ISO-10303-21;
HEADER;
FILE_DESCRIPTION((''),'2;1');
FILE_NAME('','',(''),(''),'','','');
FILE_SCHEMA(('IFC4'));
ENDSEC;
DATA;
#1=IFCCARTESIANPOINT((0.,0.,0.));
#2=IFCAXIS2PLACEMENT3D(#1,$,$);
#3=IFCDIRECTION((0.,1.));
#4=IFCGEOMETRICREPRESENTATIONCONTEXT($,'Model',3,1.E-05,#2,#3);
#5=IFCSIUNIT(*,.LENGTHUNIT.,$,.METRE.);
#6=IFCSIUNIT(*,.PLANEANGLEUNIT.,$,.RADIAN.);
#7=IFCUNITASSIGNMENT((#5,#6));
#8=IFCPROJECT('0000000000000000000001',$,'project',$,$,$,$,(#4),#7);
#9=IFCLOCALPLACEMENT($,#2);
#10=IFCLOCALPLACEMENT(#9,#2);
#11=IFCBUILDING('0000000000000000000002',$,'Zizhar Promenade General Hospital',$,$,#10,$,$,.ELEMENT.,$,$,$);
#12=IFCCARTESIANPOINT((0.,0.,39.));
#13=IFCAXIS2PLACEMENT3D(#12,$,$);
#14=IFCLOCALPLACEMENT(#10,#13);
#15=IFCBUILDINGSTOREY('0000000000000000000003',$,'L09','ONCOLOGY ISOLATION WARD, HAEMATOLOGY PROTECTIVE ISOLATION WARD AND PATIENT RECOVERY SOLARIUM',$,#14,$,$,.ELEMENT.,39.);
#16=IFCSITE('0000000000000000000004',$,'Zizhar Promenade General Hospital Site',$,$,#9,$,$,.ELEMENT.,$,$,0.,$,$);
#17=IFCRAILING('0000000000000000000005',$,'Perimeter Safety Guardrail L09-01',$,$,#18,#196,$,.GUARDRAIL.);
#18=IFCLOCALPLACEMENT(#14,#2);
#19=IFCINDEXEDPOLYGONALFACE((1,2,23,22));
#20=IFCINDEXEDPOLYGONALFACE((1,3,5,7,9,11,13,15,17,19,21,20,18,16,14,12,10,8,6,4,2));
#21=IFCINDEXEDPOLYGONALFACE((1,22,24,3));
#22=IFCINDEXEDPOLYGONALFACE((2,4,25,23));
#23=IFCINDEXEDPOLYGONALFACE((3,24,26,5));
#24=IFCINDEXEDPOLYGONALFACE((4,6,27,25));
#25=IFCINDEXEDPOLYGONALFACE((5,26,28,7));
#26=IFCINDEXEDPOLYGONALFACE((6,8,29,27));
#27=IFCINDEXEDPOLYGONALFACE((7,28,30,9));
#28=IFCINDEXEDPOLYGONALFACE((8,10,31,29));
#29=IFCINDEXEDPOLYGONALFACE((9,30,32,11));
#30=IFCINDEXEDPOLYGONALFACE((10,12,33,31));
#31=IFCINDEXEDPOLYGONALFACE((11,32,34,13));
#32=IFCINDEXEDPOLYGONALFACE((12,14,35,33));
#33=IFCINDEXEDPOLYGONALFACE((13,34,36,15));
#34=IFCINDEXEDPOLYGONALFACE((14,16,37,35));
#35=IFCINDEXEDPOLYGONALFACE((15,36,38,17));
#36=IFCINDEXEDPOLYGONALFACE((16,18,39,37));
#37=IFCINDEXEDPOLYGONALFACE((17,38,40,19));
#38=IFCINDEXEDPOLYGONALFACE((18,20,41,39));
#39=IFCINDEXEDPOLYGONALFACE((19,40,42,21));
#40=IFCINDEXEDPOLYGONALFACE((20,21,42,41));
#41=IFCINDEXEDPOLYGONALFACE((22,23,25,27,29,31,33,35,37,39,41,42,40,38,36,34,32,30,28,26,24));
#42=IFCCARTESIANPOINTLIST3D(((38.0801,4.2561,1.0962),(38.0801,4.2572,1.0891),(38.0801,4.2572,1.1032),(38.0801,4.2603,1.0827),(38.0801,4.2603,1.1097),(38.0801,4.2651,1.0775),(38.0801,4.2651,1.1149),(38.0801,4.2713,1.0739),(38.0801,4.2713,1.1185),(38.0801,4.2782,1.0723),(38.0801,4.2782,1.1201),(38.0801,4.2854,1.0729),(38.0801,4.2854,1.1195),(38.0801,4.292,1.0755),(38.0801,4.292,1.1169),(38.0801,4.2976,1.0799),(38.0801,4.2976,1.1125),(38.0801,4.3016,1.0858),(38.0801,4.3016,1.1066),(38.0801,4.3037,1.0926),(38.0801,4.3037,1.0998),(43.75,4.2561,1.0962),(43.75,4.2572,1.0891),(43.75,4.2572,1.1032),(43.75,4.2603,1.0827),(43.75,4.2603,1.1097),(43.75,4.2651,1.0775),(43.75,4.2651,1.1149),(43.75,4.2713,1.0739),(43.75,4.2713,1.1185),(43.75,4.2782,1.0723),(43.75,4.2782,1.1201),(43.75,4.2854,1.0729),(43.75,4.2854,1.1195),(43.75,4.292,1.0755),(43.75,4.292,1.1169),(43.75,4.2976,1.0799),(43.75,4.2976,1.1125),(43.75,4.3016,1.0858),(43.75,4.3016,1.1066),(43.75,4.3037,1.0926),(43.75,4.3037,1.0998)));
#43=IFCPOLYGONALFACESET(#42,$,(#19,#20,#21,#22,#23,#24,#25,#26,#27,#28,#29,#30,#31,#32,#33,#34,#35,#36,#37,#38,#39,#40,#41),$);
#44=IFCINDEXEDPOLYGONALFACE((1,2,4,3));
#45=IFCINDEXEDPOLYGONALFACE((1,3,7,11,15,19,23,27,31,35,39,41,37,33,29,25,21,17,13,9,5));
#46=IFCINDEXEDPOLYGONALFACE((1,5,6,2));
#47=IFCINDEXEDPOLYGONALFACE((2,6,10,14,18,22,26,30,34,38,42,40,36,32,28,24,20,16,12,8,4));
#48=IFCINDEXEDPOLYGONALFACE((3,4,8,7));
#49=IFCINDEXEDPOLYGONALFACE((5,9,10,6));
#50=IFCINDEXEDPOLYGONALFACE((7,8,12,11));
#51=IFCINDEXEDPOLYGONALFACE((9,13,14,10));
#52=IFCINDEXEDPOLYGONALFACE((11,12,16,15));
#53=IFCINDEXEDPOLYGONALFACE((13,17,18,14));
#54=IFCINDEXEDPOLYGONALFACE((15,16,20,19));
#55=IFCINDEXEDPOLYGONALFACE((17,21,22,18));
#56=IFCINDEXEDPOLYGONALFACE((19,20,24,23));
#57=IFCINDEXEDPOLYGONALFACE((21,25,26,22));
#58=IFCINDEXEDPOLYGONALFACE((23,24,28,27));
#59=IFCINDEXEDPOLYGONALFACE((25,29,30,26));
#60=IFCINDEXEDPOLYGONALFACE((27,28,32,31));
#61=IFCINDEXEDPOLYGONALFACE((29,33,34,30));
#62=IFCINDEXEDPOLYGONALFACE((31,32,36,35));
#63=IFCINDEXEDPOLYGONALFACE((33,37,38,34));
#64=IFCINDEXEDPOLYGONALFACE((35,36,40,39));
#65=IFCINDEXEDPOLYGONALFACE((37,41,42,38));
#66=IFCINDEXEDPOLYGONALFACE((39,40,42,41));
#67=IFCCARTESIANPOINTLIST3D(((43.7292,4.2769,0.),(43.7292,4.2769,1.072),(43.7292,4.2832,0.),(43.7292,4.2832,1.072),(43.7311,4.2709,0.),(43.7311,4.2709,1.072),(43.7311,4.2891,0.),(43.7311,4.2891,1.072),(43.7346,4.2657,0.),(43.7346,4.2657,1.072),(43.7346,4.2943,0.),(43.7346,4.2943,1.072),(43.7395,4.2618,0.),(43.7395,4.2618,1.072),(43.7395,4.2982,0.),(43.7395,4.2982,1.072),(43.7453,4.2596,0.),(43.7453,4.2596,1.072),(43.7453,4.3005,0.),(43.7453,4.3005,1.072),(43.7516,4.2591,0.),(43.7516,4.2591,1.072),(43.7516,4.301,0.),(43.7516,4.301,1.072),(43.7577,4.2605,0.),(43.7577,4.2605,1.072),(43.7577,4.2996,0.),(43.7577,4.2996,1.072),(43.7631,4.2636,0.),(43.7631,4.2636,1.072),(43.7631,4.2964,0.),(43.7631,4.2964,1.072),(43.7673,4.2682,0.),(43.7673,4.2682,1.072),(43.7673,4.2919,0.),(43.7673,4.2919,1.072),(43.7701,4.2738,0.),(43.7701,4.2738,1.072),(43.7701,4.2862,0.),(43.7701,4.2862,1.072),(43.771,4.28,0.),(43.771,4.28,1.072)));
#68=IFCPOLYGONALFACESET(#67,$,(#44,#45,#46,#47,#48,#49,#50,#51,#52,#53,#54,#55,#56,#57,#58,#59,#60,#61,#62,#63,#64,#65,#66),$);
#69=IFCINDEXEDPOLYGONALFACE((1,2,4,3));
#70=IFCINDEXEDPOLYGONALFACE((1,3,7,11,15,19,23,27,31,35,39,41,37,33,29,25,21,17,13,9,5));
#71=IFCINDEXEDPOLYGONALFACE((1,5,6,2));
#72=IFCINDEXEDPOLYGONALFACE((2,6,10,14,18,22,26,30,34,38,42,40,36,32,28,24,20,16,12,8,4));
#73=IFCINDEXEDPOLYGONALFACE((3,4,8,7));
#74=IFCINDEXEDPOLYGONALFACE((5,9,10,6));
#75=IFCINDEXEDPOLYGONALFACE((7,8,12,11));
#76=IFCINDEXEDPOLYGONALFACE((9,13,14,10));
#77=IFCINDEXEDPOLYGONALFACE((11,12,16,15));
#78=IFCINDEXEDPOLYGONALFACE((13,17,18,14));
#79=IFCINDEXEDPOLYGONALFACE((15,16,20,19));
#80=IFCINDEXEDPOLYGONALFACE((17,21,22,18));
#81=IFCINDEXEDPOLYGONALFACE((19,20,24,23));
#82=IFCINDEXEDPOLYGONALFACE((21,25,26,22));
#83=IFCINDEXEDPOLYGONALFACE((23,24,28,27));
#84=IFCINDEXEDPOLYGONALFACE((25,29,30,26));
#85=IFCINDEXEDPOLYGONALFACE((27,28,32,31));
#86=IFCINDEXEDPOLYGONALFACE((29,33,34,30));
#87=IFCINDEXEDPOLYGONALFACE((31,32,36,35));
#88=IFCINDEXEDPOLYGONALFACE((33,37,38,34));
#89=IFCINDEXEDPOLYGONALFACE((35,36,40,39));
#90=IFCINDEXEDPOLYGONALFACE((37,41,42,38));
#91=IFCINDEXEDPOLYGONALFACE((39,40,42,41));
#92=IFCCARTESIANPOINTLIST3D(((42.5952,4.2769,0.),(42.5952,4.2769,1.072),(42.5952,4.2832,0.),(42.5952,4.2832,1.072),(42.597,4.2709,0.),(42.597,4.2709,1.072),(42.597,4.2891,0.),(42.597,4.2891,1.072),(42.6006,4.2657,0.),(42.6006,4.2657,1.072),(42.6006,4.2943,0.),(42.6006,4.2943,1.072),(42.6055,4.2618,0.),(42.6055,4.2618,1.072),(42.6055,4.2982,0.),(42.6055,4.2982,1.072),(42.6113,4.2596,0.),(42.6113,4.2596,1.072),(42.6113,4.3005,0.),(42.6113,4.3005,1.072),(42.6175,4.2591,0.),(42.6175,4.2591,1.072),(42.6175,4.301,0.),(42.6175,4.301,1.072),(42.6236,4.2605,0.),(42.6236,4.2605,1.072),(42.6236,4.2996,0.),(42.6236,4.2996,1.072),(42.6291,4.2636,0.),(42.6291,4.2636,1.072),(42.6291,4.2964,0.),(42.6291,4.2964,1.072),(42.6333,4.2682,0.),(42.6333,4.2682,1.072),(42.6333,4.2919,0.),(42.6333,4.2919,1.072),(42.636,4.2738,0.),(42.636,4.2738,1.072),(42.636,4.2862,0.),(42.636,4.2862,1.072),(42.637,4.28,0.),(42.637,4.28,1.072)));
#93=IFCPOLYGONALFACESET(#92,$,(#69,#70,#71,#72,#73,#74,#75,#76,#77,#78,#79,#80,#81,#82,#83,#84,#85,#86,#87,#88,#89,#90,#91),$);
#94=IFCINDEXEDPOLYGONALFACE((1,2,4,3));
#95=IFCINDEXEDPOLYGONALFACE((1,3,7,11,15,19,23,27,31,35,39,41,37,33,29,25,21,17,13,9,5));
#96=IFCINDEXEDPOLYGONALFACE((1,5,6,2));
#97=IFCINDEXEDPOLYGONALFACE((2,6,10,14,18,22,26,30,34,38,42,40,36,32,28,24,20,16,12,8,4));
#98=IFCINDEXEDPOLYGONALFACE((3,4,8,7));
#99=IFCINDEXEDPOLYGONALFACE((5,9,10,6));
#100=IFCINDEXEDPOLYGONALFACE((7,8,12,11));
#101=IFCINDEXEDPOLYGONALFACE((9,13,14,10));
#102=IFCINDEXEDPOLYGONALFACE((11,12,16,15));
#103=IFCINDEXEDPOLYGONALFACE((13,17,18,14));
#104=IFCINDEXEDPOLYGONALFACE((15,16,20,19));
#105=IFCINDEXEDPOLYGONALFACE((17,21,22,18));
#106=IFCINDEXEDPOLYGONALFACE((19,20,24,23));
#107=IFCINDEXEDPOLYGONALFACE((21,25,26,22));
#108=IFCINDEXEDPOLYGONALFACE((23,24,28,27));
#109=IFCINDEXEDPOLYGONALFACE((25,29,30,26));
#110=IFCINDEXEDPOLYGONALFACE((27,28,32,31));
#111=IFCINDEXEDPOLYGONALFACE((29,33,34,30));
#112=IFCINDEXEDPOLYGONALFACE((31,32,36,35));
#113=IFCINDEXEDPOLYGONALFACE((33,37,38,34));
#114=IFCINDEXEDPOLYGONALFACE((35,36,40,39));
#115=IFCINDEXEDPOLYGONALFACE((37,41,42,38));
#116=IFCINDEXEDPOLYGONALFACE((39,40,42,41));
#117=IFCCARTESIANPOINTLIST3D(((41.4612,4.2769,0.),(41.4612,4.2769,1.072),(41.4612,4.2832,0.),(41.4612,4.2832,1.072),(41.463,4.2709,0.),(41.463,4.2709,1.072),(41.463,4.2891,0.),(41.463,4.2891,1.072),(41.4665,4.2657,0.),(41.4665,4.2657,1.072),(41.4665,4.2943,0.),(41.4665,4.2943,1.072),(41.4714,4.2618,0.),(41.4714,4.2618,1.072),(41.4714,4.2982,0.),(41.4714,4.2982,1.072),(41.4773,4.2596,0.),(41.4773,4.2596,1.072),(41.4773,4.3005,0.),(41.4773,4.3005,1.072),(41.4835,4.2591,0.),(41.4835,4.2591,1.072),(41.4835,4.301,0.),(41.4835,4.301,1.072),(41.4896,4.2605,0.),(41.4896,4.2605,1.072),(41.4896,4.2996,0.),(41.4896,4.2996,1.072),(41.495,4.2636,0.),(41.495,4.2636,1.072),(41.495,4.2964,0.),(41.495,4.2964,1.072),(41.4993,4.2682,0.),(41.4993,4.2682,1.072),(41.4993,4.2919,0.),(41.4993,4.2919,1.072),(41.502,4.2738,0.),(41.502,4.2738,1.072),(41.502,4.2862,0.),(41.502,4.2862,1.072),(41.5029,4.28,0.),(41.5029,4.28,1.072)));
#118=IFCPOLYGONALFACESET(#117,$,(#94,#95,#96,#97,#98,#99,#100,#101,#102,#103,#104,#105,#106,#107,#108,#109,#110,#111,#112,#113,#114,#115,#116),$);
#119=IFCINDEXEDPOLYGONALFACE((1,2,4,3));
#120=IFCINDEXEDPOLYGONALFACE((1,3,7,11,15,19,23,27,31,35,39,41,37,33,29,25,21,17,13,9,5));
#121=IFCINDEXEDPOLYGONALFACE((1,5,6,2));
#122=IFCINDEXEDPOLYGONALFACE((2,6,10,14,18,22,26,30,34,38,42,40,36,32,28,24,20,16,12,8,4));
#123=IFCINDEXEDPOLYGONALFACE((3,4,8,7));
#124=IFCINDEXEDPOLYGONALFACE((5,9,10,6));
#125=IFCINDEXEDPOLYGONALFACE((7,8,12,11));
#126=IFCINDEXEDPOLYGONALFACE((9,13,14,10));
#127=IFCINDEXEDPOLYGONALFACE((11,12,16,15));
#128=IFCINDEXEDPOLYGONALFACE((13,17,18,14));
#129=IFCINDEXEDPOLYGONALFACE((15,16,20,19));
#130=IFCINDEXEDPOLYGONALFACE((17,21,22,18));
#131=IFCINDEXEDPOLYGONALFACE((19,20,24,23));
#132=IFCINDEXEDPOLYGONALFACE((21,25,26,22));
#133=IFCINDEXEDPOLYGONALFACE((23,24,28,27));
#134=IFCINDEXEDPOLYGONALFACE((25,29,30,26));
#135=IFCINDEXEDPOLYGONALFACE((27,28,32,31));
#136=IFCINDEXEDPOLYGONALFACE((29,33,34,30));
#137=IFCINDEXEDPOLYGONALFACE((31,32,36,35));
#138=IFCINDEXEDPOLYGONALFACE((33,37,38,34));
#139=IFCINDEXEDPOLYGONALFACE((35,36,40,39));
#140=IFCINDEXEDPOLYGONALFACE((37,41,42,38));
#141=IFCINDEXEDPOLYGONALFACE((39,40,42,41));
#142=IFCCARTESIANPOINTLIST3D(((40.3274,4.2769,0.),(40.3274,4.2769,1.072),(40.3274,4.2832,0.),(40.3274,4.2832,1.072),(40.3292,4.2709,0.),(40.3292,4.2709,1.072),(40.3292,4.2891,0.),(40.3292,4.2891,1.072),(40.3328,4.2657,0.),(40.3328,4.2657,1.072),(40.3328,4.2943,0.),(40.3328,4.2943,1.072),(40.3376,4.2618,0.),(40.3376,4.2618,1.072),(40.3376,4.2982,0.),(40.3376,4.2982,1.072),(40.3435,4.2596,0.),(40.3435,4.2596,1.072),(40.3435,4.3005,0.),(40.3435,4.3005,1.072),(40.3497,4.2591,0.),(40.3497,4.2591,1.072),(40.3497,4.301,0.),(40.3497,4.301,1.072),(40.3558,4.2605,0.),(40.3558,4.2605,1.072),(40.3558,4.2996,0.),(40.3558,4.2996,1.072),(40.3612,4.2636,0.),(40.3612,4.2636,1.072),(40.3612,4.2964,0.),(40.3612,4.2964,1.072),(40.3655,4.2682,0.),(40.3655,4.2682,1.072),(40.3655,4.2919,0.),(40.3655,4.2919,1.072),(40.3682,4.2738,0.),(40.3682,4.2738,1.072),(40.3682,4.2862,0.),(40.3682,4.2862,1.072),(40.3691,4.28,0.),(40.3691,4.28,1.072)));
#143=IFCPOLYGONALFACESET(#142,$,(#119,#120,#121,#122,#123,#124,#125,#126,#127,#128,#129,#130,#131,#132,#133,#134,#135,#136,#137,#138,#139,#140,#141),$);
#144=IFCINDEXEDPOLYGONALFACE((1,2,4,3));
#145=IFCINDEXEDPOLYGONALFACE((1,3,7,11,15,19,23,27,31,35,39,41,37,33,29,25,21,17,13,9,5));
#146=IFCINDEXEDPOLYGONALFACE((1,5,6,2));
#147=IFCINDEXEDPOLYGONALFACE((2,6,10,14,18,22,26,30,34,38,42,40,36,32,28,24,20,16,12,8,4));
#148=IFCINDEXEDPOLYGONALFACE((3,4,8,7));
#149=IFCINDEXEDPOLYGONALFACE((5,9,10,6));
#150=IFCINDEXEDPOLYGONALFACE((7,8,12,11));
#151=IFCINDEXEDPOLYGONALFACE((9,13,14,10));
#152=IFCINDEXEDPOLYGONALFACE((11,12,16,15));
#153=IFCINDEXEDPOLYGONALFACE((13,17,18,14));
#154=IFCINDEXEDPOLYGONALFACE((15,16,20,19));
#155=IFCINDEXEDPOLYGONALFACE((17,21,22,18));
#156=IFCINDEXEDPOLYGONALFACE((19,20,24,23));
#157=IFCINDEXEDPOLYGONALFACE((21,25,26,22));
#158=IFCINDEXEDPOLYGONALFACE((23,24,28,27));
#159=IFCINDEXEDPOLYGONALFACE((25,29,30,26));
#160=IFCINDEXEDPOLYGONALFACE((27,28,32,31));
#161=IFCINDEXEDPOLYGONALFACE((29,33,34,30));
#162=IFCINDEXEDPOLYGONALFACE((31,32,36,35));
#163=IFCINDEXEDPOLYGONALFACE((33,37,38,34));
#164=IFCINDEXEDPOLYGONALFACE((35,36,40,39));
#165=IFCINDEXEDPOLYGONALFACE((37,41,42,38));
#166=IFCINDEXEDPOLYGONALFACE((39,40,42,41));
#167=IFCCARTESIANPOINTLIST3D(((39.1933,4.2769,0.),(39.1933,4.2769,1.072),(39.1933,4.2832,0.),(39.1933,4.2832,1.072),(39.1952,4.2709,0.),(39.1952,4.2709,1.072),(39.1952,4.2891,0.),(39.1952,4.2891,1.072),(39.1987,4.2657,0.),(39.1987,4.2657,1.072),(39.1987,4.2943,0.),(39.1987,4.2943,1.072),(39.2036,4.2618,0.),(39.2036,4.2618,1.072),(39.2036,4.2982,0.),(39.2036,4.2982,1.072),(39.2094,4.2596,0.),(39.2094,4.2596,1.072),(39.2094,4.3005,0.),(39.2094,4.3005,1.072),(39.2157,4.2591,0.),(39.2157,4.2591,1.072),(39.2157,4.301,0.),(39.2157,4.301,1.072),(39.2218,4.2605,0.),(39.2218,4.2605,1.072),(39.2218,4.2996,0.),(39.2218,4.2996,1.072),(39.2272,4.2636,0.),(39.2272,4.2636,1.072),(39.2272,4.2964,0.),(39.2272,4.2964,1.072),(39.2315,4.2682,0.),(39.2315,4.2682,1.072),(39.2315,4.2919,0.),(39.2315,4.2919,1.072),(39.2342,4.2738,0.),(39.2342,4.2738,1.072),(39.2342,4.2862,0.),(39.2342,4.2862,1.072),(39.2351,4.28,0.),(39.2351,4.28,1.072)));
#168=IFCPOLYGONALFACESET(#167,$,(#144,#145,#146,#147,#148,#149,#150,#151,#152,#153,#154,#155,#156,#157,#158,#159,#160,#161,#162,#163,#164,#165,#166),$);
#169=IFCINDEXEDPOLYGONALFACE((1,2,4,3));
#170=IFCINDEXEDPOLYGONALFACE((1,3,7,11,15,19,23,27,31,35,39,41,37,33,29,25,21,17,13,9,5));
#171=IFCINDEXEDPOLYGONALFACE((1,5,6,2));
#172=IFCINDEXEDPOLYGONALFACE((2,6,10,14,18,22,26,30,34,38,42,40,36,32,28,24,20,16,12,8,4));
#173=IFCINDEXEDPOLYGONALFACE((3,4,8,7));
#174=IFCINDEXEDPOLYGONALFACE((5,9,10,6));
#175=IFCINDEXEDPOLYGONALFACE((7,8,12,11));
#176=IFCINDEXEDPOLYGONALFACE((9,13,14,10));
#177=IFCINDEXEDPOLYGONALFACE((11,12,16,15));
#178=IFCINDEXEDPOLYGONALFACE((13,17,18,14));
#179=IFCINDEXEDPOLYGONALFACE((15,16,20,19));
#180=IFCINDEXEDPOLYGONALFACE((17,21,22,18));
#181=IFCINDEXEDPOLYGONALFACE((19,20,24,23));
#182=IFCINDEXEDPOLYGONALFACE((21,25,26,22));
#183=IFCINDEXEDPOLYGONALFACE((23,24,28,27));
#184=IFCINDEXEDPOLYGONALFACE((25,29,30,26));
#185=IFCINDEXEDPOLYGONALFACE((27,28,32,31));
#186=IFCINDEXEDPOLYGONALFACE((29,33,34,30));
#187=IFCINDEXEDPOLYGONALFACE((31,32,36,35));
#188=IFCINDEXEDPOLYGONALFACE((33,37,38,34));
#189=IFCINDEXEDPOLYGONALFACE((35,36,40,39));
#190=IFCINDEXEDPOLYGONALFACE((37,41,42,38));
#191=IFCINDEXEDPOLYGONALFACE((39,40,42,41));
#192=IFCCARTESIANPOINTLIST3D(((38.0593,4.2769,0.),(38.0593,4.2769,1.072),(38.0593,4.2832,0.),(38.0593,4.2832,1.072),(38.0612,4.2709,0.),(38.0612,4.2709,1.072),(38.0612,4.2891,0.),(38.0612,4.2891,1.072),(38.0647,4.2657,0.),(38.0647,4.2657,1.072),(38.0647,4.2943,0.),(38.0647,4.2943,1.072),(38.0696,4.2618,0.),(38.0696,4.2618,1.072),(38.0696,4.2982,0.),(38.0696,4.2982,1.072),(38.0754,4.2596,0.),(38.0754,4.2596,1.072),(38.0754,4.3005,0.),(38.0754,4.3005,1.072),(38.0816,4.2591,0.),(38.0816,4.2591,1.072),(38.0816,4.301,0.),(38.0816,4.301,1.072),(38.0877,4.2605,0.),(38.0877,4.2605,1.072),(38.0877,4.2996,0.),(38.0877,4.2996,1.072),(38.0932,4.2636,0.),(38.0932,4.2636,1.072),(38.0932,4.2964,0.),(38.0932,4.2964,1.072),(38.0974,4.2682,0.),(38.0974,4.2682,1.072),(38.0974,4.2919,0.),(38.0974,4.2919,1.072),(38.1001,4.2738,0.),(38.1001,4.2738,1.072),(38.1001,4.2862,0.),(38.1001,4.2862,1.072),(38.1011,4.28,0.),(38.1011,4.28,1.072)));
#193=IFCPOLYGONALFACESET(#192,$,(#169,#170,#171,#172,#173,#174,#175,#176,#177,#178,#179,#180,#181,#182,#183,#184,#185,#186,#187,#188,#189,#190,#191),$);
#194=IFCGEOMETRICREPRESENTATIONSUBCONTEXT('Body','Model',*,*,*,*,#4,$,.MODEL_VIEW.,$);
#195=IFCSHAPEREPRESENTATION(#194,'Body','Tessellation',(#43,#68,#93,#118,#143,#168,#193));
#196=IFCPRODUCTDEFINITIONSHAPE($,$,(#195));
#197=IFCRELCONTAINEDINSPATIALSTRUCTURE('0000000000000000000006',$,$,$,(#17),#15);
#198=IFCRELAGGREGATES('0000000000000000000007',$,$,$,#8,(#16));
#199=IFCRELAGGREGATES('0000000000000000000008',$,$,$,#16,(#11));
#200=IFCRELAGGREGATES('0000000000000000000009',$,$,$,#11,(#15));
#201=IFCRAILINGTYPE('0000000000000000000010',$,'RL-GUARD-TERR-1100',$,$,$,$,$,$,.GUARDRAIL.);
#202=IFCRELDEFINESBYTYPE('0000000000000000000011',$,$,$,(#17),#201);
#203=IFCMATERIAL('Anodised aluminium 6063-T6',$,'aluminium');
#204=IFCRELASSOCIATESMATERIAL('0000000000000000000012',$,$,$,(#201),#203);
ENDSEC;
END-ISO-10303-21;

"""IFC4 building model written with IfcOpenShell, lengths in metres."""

from ifc_helpers import new_model, si_unit, direction, frame, origin, origin_2d, place, context, subcontext, project, spatial, circle, hollow_circle, extrude, material, material_profile, profile_set, type_object, element, save


model = new_model("IFC4")

# Units and contexts
model_context = context("Model", 3, precision=1e-05, world=origin(), true_north=direction((0.0, 1.0)))
body_context = subcontext(model_context, "Body", "Model", "MODEL_VIEW")
ifc_project = project(units=[si_unit("LENGTHUNIT", "METRE"), si_unit("PLANEANGLEUNIT", "RADIAN")], contexts=[model_context])

# Site, building, storey
site_placement = place(None, origin())
site = spatial("IfcSite", under=ifc_project, at=site_placement, Name="Zizhar Promenade General Hospital Site", CompositionType="ELEMENT", RefElevation=0.0)
building_placement = place(site_placement, origin())
building = spatial("IfcBuilding", under=site, at=building_placement, Name="Zizhar Promenade General Hospital", CompositionType="ELEMENT")
storey_placement = place(building_placement, frame((0.0, 0.0, 39.0)))
storey = spatial("IfcBuildingStorey", under=building, at=storey_placement, Name="L09", Description="ONCOLOGY ISOLATION WARD, HAEMATOLOGY PROTECTIVE ISOLATION WARD AND PATIENT RECOVERY SOLARIUM", CompositionType="ELEMENT", Elevation=39.0)

# Railing
ifc_material_1 = material(Name="Anodised aluminium 6063-T6", Category="aluminium")
ifc_material_profile_1 = material_profile(ifc_material_1, hollow_circle(Radius=0.0698, WallThickness=0.0063, at=origin_2d()))
ifc_profile_set_1 = profile_set([ifc_material_profile_1], Name="Anodised aluminium 6063-T6")
railing_type = type_object("IfcRailingType", Name="RL-GUARD-TERR-1100", PredefinedType="GUARDRAIL", material=ifc_profile_set_1)
railing_placement = place(storey_placement, frame((43.75, 4.28, 0.0)))
element("IfcRailing", 1, at=railing_placement, inside=storey, type_object=railing_type, Name="Perimeter Safety Guardrail L09-01", PredefinedType="GUARDRAIL", context=body_context, shape_type="SweptSolid", body=[
    extrude(circle(Radius=0.0239, at=origin_2d()), frame((0.0, 0.0, 1.0962), z_axis=(-1.0, 0.0, 0.0), x_axis=(0.0, -1.0, 0.0)), (0.0, 0.0, 1.0), 5.6699),
    extrude(circle(Radius=0.021, at=origin_2d()), origin(), (0.0, 0.0, 1.0), 1.072),
    extrude(circle(Radius=0.021, at=origin_2d()), frame((-1.134, 0.0, 0.0)), (0.0, 0.0, 1.0), 1.072),
    extrude(circle(Radius=0.021, at=origin_2d()), frame((-2.2681, 0.0, 0.0)), (0.0, 0.0, 1.0), 1.072),
    extrude(circle(Radius=0.021, at=origin_2d()), frame((-3.4019, 0.0, 0.0)), (0.0, 0.0, 1.0), 1.072),
    extrude(circle(Radius=0.021, at=origin_2d()), frame((-4.5359, 0.0, 0.0)), (0.0, 0.0, 1.0), 1.072),
    extrude(circle(Radius=0.021, at=origin_2d()), frame((-5.6699, 0.0, 0.0)), (0.0, 0.0, 1.0), 1.072),
])

save(model, "model.ifc")
